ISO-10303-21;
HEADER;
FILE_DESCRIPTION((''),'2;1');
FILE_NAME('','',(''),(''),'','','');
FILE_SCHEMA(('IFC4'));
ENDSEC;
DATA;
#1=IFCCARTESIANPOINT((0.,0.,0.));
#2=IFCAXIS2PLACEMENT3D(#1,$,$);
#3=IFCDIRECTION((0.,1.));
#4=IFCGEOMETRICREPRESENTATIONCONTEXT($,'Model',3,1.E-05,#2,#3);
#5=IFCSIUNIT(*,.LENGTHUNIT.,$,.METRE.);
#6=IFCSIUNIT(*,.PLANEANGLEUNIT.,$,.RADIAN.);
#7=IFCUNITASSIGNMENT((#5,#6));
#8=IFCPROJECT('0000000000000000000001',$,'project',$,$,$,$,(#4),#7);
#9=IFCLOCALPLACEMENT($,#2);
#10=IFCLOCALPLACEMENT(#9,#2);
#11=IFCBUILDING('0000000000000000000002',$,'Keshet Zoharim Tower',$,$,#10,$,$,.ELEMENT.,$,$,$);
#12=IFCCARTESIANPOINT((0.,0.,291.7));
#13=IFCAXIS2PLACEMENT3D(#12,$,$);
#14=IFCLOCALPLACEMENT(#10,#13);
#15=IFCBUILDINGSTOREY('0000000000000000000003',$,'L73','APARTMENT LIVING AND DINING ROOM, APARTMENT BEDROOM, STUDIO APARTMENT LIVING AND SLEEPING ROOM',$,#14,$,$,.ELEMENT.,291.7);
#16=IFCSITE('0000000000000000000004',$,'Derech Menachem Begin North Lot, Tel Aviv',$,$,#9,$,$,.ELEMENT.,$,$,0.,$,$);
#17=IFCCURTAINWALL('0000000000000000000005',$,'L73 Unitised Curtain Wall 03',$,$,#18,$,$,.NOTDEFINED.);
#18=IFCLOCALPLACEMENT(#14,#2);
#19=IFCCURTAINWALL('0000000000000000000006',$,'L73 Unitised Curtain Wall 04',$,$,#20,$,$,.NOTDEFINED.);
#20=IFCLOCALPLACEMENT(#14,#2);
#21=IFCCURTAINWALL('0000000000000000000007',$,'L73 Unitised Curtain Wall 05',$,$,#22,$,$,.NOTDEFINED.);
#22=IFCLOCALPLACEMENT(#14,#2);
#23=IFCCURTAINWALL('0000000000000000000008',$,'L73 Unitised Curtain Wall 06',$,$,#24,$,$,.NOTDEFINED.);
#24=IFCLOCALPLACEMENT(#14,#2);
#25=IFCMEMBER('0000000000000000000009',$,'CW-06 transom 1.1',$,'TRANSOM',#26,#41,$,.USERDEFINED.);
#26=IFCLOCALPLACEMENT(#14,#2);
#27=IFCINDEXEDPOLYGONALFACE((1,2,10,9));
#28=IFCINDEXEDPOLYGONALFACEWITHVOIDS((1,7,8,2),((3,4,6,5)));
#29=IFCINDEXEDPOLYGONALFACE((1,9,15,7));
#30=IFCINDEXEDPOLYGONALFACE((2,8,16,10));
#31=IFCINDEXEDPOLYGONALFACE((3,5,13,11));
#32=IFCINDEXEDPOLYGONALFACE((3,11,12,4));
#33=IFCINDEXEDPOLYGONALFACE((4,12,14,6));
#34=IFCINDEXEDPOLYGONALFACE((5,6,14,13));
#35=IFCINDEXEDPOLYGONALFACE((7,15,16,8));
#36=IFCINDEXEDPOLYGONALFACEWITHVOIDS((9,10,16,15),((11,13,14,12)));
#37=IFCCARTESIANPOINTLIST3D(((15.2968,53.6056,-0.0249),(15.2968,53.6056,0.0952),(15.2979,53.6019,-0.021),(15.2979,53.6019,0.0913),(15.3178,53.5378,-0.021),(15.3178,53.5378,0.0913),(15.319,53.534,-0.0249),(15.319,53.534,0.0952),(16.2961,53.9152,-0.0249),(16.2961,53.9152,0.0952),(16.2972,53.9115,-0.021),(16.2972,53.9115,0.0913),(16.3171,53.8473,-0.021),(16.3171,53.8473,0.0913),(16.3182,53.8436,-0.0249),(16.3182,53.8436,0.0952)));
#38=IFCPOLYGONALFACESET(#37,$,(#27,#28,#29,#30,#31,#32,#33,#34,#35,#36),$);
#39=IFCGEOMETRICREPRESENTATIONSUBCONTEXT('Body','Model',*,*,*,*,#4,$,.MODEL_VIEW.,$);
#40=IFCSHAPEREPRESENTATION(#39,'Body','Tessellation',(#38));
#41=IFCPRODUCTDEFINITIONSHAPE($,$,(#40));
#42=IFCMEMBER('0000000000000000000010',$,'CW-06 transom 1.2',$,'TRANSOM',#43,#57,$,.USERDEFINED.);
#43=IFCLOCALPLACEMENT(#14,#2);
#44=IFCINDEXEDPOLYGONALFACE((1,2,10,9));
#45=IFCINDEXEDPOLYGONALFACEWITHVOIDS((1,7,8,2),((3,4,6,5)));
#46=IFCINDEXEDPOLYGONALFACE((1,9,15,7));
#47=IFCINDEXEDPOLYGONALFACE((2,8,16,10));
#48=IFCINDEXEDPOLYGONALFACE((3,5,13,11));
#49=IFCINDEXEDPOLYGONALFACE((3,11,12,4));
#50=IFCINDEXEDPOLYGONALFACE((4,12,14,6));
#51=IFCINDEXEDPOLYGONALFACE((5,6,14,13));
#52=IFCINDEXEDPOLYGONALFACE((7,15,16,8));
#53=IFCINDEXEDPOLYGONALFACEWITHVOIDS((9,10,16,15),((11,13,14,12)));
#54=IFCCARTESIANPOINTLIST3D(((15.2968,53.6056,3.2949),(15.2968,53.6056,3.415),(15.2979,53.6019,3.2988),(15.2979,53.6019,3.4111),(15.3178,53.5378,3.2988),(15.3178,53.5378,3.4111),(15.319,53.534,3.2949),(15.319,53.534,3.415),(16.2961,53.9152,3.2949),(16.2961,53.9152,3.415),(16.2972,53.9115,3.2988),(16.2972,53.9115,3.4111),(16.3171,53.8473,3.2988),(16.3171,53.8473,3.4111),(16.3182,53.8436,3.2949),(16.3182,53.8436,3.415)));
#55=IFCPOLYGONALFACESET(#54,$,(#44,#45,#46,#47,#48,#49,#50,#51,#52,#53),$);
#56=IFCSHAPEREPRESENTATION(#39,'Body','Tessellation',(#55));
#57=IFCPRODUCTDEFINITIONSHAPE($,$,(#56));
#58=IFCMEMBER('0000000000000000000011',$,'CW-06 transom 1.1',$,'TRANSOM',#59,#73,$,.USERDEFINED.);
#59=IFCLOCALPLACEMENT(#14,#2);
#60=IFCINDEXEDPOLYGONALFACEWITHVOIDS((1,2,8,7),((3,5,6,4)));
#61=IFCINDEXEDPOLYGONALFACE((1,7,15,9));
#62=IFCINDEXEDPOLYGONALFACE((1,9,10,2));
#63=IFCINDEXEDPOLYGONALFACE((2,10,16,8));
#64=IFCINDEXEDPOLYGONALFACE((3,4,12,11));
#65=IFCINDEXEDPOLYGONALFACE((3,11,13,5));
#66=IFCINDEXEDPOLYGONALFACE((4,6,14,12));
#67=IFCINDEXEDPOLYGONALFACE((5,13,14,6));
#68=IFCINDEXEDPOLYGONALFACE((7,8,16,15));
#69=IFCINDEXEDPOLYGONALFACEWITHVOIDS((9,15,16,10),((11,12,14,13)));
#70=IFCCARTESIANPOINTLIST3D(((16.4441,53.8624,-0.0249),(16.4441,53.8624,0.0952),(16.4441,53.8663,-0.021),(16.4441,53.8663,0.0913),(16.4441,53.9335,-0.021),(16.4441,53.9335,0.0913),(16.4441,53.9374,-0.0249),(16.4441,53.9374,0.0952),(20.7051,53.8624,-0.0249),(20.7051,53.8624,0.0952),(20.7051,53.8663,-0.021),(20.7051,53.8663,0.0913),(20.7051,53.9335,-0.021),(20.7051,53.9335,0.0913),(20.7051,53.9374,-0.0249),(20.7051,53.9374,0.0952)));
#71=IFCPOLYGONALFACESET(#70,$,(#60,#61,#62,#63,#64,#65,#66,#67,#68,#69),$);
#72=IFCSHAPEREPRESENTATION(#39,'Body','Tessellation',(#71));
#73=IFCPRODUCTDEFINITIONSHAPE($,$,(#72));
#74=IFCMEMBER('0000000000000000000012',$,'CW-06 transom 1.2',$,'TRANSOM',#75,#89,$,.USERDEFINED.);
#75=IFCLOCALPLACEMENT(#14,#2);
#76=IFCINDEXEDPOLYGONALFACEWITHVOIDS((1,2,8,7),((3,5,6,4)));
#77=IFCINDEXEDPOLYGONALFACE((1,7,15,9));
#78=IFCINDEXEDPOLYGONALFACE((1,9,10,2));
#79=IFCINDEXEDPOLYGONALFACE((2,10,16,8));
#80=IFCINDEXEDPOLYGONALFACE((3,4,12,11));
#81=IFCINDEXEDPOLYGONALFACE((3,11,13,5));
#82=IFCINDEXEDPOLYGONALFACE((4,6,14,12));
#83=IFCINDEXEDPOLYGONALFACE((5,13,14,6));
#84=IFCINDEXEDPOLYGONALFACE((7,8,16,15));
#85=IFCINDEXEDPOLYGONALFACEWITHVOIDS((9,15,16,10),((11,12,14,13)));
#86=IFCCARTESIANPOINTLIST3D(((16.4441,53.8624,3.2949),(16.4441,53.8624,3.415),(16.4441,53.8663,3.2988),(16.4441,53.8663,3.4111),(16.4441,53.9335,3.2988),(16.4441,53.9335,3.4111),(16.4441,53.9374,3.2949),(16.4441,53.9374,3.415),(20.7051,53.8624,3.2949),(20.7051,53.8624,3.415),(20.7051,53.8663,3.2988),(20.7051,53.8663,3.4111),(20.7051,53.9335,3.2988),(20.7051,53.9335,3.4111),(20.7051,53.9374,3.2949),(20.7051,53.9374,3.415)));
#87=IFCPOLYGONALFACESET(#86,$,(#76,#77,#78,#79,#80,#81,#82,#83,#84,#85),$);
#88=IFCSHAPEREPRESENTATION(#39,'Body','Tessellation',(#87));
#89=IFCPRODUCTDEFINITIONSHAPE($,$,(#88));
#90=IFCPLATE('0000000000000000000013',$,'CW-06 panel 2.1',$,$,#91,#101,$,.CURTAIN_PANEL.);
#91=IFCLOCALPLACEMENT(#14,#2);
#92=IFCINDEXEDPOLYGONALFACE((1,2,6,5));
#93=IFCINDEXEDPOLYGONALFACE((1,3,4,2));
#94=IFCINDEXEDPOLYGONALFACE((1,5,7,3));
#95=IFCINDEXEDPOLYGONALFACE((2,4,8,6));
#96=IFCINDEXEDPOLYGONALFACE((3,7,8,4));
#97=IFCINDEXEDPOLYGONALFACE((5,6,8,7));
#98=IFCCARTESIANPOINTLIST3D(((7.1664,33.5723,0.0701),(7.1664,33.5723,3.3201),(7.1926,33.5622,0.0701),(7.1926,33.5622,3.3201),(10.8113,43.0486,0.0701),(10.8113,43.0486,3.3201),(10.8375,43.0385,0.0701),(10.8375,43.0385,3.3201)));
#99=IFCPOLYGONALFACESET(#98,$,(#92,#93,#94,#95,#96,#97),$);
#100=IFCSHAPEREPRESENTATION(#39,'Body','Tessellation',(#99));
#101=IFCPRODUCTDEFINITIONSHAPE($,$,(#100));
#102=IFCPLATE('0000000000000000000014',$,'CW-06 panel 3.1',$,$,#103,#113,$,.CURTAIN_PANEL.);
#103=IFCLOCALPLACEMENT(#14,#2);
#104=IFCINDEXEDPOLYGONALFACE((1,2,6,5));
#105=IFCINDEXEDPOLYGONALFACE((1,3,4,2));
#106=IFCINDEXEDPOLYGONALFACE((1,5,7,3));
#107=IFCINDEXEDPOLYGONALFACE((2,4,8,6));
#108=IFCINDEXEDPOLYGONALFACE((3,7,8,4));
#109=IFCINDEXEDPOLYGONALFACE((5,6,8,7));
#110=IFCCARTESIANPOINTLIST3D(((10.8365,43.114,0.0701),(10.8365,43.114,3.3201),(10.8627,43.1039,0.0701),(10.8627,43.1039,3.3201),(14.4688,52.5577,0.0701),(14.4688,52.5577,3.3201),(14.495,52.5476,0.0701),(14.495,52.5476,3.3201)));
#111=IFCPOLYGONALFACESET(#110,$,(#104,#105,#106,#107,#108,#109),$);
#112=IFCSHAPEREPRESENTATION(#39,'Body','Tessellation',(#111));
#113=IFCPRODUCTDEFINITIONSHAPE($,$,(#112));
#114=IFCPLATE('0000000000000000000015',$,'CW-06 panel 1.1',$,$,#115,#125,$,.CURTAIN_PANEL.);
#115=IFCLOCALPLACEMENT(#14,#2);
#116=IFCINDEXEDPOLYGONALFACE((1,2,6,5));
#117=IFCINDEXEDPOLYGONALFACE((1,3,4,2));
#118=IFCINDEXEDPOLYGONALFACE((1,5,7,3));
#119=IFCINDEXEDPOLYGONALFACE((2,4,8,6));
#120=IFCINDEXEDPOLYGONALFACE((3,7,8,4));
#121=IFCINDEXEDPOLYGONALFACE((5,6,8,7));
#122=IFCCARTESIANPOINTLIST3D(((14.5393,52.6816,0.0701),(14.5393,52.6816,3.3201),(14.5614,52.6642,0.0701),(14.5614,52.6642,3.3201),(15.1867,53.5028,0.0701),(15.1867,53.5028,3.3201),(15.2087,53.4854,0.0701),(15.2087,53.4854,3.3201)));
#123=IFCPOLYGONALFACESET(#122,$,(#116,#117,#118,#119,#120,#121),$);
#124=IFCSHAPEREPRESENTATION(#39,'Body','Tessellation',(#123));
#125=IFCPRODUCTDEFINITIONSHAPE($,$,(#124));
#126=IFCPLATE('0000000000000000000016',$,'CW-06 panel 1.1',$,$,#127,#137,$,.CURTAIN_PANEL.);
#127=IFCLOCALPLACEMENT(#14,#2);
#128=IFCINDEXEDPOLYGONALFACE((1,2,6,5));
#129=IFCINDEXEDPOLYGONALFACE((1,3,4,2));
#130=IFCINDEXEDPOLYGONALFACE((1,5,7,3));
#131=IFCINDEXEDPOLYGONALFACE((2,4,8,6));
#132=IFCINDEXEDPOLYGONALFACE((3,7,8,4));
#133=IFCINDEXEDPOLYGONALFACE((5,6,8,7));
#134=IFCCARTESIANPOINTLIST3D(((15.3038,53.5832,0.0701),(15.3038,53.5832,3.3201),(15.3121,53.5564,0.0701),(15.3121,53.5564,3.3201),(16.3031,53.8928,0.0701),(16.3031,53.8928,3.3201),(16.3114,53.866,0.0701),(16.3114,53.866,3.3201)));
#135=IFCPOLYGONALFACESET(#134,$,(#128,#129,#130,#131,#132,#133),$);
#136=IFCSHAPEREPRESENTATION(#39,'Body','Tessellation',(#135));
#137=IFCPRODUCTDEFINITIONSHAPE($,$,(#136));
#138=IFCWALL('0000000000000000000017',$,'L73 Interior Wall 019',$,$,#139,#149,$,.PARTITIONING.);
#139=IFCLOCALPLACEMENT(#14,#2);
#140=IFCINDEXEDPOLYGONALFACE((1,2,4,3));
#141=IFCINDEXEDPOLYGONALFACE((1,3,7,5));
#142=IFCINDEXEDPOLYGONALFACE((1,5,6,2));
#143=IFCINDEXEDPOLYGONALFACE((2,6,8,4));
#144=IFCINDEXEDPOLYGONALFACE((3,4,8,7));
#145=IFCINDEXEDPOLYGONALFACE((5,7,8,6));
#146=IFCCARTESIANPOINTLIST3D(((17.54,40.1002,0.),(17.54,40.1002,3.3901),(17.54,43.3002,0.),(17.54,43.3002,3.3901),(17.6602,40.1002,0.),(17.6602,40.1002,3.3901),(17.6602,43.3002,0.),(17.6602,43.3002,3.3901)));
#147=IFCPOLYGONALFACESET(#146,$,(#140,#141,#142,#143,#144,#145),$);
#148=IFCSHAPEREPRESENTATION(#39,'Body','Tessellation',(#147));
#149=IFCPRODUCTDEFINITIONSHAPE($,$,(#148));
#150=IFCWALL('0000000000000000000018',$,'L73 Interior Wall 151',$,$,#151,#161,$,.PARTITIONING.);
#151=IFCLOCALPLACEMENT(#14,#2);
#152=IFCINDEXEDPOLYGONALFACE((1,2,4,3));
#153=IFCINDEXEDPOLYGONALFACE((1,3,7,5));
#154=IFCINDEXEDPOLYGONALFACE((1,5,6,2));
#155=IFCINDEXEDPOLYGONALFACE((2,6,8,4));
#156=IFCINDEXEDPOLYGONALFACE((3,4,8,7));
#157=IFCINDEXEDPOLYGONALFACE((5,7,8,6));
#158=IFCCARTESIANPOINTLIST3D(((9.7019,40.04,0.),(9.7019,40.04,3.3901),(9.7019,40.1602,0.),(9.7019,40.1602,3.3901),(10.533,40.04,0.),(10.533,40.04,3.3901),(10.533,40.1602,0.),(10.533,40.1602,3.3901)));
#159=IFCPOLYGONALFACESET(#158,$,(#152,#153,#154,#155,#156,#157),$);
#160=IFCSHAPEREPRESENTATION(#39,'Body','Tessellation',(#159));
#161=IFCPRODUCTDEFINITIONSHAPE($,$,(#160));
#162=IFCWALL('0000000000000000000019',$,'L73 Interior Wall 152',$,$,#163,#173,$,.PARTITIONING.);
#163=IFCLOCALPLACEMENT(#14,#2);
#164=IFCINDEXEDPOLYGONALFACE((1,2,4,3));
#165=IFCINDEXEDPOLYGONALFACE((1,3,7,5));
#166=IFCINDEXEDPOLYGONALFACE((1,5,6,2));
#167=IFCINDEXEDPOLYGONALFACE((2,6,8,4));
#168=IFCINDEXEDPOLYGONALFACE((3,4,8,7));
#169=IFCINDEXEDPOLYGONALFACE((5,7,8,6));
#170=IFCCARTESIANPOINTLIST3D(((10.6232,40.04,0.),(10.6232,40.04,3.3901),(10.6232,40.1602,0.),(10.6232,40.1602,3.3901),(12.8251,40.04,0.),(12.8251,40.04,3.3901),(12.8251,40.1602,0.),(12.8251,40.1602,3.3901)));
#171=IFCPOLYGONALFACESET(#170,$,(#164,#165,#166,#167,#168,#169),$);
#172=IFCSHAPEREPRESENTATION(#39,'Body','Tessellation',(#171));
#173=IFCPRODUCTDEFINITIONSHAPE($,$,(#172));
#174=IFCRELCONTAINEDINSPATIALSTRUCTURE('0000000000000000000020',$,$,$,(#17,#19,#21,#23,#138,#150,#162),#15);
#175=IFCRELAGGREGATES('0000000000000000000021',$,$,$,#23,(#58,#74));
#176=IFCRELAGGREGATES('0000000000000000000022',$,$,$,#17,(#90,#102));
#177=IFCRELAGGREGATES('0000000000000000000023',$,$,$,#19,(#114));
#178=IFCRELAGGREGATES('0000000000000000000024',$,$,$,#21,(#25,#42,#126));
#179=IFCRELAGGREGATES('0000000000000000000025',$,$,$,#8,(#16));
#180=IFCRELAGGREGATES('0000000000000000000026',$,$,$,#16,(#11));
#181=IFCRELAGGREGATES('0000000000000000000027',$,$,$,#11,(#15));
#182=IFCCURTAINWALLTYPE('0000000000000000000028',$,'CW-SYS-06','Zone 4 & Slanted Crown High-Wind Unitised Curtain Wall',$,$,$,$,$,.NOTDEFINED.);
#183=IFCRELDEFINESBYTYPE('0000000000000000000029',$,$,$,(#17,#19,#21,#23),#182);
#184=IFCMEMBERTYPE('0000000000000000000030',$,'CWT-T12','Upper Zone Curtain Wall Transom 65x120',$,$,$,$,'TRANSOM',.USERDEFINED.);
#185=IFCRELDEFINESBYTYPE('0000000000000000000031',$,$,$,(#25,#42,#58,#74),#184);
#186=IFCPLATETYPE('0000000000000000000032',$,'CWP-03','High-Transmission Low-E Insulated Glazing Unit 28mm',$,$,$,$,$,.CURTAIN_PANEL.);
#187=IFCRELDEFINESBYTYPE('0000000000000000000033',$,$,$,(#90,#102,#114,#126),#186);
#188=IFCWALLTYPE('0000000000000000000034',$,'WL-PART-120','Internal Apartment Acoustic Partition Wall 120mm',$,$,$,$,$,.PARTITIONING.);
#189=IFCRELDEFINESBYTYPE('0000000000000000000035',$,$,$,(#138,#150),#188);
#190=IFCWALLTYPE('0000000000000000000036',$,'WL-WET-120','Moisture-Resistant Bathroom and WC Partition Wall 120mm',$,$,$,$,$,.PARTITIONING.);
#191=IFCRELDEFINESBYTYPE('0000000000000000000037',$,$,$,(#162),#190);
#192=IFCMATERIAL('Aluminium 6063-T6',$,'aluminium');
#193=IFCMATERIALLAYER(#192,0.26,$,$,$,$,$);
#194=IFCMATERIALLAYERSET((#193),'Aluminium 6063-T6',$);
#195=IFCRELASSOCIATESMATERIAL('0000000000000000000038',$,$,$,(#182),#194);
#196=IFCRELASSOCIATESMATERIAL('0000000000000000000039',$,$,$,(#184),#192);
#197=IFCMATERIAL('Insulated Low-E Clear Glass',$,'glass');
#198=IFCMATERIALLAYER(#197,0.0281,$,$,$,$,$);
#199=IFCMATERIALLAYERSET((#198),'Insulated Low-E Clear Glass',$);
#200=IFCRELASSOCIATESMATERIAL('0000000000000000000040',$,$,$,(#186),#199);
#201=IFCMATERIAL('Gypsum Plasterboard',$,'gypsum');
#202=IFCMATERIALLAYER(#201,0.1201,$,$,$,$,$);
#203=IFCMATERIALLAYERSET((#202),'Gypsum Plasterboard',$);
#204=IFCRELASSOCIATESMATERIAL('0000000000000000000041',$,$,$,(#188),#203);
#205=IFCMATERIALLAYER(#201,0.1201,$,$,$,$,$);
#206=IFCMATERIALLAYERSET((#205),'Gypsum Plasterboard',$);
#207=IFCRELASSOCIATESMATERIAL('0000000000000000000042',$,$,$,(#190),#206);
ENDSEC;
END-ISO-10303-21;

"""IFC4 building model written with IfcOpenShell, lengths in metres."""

from ifc_helpers import new_model, si_unit, direction, frame, frame_2d, origin, origin_2d, place, context, subcontext, project, spatial, rectangle, hollow_rectangle, extrude, material, layer, layer_set, material_profile, profile_set, type_object, element, aggregate, save


model = new_model("IFC4")

# Units and contexts
model_context = context("Model", 3, precision=1e-05, world=origin(), true_north=direction((0.0, 1.0)))
body_context = subcontext(model_context, "Body", "Model", "MODEL_VIEW")
ifc_project = project(units=[si_unit("LENGTHUNIT", "METRE"), si_unit("PLANEANGLEUNIT", "RADIAN")], contexts=[model_context])

# Site, building, storey
site_placement = place(None, origin())
site = spatial("IfcSite", under=ifc_project, at=site_placement, Name="Derech Menachem Begin North Lot, Tel Aviv", CompositionType="ELEMENT", RefElevation=0.0)
building_placement = place(site_placement, origin())
building = spatial("IfcBuilding", under=site, at=building_placement, Name="Keshet Zoharim Tower", CompositionType="ELEMENT")
storey_placement = place(building_placement, frame((0.0, 0.0, 291.7)))
storey = spatial("IfcBuildingStorey", under=building, at=storey_placement, Name="L73", Description="APARTMENT LIVING AND DINING ROOM, APARTMENT BEDROOM, STUDIO APARTMENT LIVING AND SLEEPING ROOM", CompositionType="ELEMENT", Elevation=291.7)

# Curtain walls
ifc_material_1 = material(Name="Aluminium 6063-T6", Category="aluminium")
ifc_layer_1 = layer(ifc_material_1, 0.26)
ifc_layer_set_1 = layer_set([ifc_layer_1], Name="Aluminium 6063-T6")
curtain_wall_type = type_object("IfcCurtainWallType", Name="CW-SYS-06", Description="Zone 4 & Slanted Crown High-Wind Unitised Curtain Wall", PredefinedType="NOTDEFINED", material=ifc_layer_set_1)
curtain_wall_1_placement = place(storey_placement, origin())
curtain_wall_1 = element("IfcCurtainWall", 1, at=curtain_wall_1_placement, inside=storey, type_object=curtain_wall_type, Name="L73 Unitised Curtain Wall 03", PredefinedType="NOTDEFINED")
curtain_wall_2_placement = place(storey_placement, origin())
curtain_wall_2 = element("IfcCurtainWall", 2, at=curtain_wall_2_placement, inside=storey, type_object=curtain_wall_type, Name="L73 Unitised Curtain Wall 04", PredefinedType="NOTDEFINED")
curtain_wall_3_placement = place(storey_placement, origin())
curtain_wall_3 = element("IfcCurtainWall", 3, at=curtain_wall_3_placement, inside=storey, type_object=curtain_wall_type, Name="L73 Unitised Curtain Wall 05", PredefinedType="NOTDEFINED")

# Curtain wall
curtain_wall_4_placement = place(storey_placement, origin())
curtain_wall_4 = element("IfcCurtainWall", 4, at=curtain_wall_4_placement, inside=storey, type_object=curtain_wall_type, Name="L73 Unitised Curtain Wall 06", PredefinedType="NOTDEFINED")

# Members
ifc_material_profile_1 = material_profile(ifc_material_1, hollow_rectangle(XDim=0.075, YDim=0.1201, WallThickness=0.0039, at=origin_2d()), Name="TRN-75x120")
ifc_profile_set_1 = profile_set([ifc_material_profile_1], Name="Aluminium 6063-T6")
member_type_1 = type_object("IfcMemberType", Name="CWT-T12", Description="Upper Zone Curtain Wall Transom 65x120", ElementType="TRANSOM", PredefinedType="USERDEFINED", material=ifc_profile_set_1)
member_1_placement = place(storey_placement, frame((15.3079, 53.5698, 0.0352), z_axis=(0.955212, 0.295922, 0.0), x_axis=(-0.295922, 0.955212, 0.0)))
member_1 = element("IfcMember", 5, at=member_1_placement, type_object=member_type_1, Name="CW-06 transom 1.1", ObjectType="TRANSOM", PredefinedType="USERDEFINED", context=body_context, shape_type="SweptSolid", body=[
    extrude(hollow_rectangle(XDim=0.075, YDim=0.1201, WallThickness=0.0039, at=origin_2d()), origin(), (0.0, 0.0, 1.0), 1.0461),
])
member_2_placement = place(storey_placement, frame((15.3079, 53.5698, 3.355), z_axis=(0.955212, 0.295922, 0.0), x_axis=(-0.295922, 0.955212, 0.0)))
member_2 = element("IfcMember", 6, at=member_2_placement, type_object=member_type_1, Name="CW-06 transom 1.2", ObjectType="TRANSOM", PredefinedType="USERDEFINED", context=body_context, shape_type="SweptSolid", body=[
    extrude(hollow_rectangle(XDim=0.075, YDim=0.1201, WallThickness=0.0039, at=origin_2d()), origin(), (0.0, 0.0, 1.0), 1.0461),
])
member_3_placement = place(storey_placement, frame((16.4441, 53.8999, 0.0352), z_axis=(1.0, 0.0, 0.0), x_axis=(0.0, 1.0, 0.0)))
member_3 = element("IfcMember", 7, at=member_3_placement, type_object=member_type_1, Name="CW-06 transom 1.1", ObjectType="TRANSOM", PredefinedType="USERDEFINED", context=body_context, shape_type="SweptSolid", body=[
    extrude(hollow_rectangle(XDim=0.075, YDim=0.1201, WallThickness=0.0039, at=origin_2d()), origin(), (0.0, 0.0, 1.0), 4.261),
])
member_4_placement = place(storey_placement, frame((16.4441, 53.8999, 3.355), z_axis=(1.0, 0.0, 0.0), x_axis=(0.0, 1.0, 0.0)))
member_4 = element("IfcMember", 8, at=member_4_placement, type_object=member_type_1, Name="CW-06 transom 1.2", ObjectType="TRANSOM", PredefinedType="USERDEFINED", context=body_context, shape_type="SweptSolid", body=[
    extrude(hollow_rectangle(XDim=0.075, YDim=0.1201, WallThickness=0.0039, at=origin_2d()), origin(), (0.0, 0.0, 1.0), 4.261),
])
aggregate(curtain_wall_4, [member_3, member_4])

# Plates
ifc_material_2 = material(Name="Insulated Low-E Clear Glass", Category="glass")
ifc_layer_2 = layer(ifc_material_2, 0.0281)
ifc_layer_set_2 = layer_set([ifc_layer_2], Name="Insulated Low-E Clear Glass")
plate_type = type_object("IfcPlateType", Name="CWP-03", Description="High-Transmission Low-E Insulated Glazing Unit 28mm", PredefinedType="CURTAIN_PANEL", material=ifc_layer_set_2)
plate_1_placement = place(storey_placement, frame((9.002, 38.3054, 0.0701), z_axis=(0.0, 0.0, 1.0), x_axis=(0.35899, 0.933341, 0.0)))
plate_1 = element("IfcPlate", 9, at=plate_1_placement, type_object=plate_type, Name="CW-06 panel 2.1", PredefinedType="CURTAIN_PANEL", context=body_context, shape_type="SweptSolid", body=[
    extrude(rectangle(XDim=10.1531, YDim=0.0281, at=origin_2d()), origin(), (0.0, 0.0, 1.0), 3.25),
])
plate_2_placement = place(storey_placement, frame((12.6658, 47.8308, 0.0701), z_axis=(0.0, 0.0, 1.0), x_axis=(0.35899, 0.933341, 0.0)))
plate_2 = element("IfcPlate", 10, at=plate_2_placement, type_object=plate_type, Name="CW-06 panel 3.1", PredefinedType="CURTAIN_PANEL", context=body_context, shape_type="SweptSolid", body=[
    extrude(rectangle(XDim=10.1182, YDim=0.0281, at=origin_2d()), origin(), (0.0, 0.0, 1.0), 3.25),
])
aggregate(curtain_wall_1, [plate_1, plate_2])
plate_3_placement = place(storey_placement, frame((14.874, 53.0835, 0.0701), z_axis=(0.0, 0.0, 1.0), x_axis=(0.619125, 0.785293, 0.0)))
plate_3 = element("IfcPlate", 11, at=plate_3_placement, type_object=plate_type, Name="CW-06 panel 1.1", PredefinedType="CURTAIN_PANEL", context=body_context, shape_type="SweptSolid", body=[
    extrude(rectangle(XDim=1.0457, YDim=0.0281, at=origin_2d()), origin(), (0.0, 0.0, 1.0), 3.25),
])
aggregate(curtain_wall_2, [plate_3])
plate_4_placement = place(storey_placement, frame((15.8076, 53.7246, 0.0701), z_axis=(0.0, 0.0, 1.0), x_axis=(0.955212, 0.295922, 0.0)))
plate_4 = element("IfcPlate", 12, at=plate_4_placement, type_object=plate_type, Name="CW-06 panel 1.1", PredefinedType="CURTAIN_PANEL", context=body_context, shape_type="SweptSolid", body=[
    extrude(rectangle(XDim=1.0461, YDim=0.0281, at=origin_2d()), origin(), (0.0, 0.0, 1.0), 3.25),
])
aggregate(curtain_wall_3, [member_1, member_2, plate_4])

# Shared definitions
ifc_material_3 = material(Name="Gypsum Plasterboard", Category="gypsum")

# Walls
ifc_layer_3 = layer(ifc_material_3, 0.1201)
ifc_layer_set_3 = layer_set([ifc_layer_3], Name="Gypsum Plasterboard")
wall_type_1 = type_object("IfcWallType", Name="WL-PART-120", Description="Internal Apartment Acoustic Partition Wall 120mm", PredefinedType="PARTITIONING", material=ifc_layer_set_3)
wall_1_placement = place(storey_placement, frame((17.6001, 40.1001, 0.0), z_axis=(0.0, 0.0, 1.0), x_axis=(0.0, 1.0, 0.0)))
element("IfcWall", 13, at=wall_1_placement, inside=storey, type_object=wall_type_1, Name="L73 Interior Wall 019", PredefinedType="PARTITIONING", context=body_context, shape_type="SweptSolid", body=[
    extrude(rectangle(XDim=3.2, YDim=0.1201, at=frame_2d((1.6001, 0.0))), origin(), (0.0, 0.0, 1.0), 3.3901),
])
wall_2_placement = place(storey_placement, frame((9.7019, 40.1001, 0.0), z_axis=(0.0, 0.0, 1.0), x_axis=(1.0, 0.0, 0.0)))
element("IfcWall", 14, at=wall_2_placement, inside=storey, type_object=wall_type_1, Name="L73 Interior Wall 151", PredefinedType="PARTITIONING", context=body_context, shape_type="SweptSolid", body=[
    extrude(rectangle(XDim=0.8311, YDim=0.1201, at=frame_2d((0.4155, 0.0))), origin(), (0.0, 0.0, 1.0), 3.3901),
])
ifc_layer_4 = layer(ifc_material_3, 0.1201)
ifc_layer_set_4 = layer_set([ifc_layer_4], Name="Gypsum Plasterboard")
wall_type_2 = type_object("IfcWallType", Name="WL-WET-120", Description="Moisture-Resistant Bathroom and WC Partition Wall 120mm", PredefinedType="PARTITIONING", material=ifc_layer_set_4)
wall_3_placement = place(storey_placement, frame((10.623, 40.1001, 0.0), z_axis=(0.0, 0.0, 1.0), x_axis=(1.0, 0.0, 0.0)))
element("IfcWall", 15, at=wall_3_placement, inside=storey, type_object=wall_type_2, Name="L73 Interior Wall 152", PredefinedType="PARTITIONING", context=body_context, shape_type="SweptSolid", body=[
    extrude(rectangle(XDim=2.2019, YDim=0.1201, at=frame_2d((1.1011, 0.0))), origin(), (0.0, 0.0, 1.0), 3.3901),
])

save(model, "model.ifc")
